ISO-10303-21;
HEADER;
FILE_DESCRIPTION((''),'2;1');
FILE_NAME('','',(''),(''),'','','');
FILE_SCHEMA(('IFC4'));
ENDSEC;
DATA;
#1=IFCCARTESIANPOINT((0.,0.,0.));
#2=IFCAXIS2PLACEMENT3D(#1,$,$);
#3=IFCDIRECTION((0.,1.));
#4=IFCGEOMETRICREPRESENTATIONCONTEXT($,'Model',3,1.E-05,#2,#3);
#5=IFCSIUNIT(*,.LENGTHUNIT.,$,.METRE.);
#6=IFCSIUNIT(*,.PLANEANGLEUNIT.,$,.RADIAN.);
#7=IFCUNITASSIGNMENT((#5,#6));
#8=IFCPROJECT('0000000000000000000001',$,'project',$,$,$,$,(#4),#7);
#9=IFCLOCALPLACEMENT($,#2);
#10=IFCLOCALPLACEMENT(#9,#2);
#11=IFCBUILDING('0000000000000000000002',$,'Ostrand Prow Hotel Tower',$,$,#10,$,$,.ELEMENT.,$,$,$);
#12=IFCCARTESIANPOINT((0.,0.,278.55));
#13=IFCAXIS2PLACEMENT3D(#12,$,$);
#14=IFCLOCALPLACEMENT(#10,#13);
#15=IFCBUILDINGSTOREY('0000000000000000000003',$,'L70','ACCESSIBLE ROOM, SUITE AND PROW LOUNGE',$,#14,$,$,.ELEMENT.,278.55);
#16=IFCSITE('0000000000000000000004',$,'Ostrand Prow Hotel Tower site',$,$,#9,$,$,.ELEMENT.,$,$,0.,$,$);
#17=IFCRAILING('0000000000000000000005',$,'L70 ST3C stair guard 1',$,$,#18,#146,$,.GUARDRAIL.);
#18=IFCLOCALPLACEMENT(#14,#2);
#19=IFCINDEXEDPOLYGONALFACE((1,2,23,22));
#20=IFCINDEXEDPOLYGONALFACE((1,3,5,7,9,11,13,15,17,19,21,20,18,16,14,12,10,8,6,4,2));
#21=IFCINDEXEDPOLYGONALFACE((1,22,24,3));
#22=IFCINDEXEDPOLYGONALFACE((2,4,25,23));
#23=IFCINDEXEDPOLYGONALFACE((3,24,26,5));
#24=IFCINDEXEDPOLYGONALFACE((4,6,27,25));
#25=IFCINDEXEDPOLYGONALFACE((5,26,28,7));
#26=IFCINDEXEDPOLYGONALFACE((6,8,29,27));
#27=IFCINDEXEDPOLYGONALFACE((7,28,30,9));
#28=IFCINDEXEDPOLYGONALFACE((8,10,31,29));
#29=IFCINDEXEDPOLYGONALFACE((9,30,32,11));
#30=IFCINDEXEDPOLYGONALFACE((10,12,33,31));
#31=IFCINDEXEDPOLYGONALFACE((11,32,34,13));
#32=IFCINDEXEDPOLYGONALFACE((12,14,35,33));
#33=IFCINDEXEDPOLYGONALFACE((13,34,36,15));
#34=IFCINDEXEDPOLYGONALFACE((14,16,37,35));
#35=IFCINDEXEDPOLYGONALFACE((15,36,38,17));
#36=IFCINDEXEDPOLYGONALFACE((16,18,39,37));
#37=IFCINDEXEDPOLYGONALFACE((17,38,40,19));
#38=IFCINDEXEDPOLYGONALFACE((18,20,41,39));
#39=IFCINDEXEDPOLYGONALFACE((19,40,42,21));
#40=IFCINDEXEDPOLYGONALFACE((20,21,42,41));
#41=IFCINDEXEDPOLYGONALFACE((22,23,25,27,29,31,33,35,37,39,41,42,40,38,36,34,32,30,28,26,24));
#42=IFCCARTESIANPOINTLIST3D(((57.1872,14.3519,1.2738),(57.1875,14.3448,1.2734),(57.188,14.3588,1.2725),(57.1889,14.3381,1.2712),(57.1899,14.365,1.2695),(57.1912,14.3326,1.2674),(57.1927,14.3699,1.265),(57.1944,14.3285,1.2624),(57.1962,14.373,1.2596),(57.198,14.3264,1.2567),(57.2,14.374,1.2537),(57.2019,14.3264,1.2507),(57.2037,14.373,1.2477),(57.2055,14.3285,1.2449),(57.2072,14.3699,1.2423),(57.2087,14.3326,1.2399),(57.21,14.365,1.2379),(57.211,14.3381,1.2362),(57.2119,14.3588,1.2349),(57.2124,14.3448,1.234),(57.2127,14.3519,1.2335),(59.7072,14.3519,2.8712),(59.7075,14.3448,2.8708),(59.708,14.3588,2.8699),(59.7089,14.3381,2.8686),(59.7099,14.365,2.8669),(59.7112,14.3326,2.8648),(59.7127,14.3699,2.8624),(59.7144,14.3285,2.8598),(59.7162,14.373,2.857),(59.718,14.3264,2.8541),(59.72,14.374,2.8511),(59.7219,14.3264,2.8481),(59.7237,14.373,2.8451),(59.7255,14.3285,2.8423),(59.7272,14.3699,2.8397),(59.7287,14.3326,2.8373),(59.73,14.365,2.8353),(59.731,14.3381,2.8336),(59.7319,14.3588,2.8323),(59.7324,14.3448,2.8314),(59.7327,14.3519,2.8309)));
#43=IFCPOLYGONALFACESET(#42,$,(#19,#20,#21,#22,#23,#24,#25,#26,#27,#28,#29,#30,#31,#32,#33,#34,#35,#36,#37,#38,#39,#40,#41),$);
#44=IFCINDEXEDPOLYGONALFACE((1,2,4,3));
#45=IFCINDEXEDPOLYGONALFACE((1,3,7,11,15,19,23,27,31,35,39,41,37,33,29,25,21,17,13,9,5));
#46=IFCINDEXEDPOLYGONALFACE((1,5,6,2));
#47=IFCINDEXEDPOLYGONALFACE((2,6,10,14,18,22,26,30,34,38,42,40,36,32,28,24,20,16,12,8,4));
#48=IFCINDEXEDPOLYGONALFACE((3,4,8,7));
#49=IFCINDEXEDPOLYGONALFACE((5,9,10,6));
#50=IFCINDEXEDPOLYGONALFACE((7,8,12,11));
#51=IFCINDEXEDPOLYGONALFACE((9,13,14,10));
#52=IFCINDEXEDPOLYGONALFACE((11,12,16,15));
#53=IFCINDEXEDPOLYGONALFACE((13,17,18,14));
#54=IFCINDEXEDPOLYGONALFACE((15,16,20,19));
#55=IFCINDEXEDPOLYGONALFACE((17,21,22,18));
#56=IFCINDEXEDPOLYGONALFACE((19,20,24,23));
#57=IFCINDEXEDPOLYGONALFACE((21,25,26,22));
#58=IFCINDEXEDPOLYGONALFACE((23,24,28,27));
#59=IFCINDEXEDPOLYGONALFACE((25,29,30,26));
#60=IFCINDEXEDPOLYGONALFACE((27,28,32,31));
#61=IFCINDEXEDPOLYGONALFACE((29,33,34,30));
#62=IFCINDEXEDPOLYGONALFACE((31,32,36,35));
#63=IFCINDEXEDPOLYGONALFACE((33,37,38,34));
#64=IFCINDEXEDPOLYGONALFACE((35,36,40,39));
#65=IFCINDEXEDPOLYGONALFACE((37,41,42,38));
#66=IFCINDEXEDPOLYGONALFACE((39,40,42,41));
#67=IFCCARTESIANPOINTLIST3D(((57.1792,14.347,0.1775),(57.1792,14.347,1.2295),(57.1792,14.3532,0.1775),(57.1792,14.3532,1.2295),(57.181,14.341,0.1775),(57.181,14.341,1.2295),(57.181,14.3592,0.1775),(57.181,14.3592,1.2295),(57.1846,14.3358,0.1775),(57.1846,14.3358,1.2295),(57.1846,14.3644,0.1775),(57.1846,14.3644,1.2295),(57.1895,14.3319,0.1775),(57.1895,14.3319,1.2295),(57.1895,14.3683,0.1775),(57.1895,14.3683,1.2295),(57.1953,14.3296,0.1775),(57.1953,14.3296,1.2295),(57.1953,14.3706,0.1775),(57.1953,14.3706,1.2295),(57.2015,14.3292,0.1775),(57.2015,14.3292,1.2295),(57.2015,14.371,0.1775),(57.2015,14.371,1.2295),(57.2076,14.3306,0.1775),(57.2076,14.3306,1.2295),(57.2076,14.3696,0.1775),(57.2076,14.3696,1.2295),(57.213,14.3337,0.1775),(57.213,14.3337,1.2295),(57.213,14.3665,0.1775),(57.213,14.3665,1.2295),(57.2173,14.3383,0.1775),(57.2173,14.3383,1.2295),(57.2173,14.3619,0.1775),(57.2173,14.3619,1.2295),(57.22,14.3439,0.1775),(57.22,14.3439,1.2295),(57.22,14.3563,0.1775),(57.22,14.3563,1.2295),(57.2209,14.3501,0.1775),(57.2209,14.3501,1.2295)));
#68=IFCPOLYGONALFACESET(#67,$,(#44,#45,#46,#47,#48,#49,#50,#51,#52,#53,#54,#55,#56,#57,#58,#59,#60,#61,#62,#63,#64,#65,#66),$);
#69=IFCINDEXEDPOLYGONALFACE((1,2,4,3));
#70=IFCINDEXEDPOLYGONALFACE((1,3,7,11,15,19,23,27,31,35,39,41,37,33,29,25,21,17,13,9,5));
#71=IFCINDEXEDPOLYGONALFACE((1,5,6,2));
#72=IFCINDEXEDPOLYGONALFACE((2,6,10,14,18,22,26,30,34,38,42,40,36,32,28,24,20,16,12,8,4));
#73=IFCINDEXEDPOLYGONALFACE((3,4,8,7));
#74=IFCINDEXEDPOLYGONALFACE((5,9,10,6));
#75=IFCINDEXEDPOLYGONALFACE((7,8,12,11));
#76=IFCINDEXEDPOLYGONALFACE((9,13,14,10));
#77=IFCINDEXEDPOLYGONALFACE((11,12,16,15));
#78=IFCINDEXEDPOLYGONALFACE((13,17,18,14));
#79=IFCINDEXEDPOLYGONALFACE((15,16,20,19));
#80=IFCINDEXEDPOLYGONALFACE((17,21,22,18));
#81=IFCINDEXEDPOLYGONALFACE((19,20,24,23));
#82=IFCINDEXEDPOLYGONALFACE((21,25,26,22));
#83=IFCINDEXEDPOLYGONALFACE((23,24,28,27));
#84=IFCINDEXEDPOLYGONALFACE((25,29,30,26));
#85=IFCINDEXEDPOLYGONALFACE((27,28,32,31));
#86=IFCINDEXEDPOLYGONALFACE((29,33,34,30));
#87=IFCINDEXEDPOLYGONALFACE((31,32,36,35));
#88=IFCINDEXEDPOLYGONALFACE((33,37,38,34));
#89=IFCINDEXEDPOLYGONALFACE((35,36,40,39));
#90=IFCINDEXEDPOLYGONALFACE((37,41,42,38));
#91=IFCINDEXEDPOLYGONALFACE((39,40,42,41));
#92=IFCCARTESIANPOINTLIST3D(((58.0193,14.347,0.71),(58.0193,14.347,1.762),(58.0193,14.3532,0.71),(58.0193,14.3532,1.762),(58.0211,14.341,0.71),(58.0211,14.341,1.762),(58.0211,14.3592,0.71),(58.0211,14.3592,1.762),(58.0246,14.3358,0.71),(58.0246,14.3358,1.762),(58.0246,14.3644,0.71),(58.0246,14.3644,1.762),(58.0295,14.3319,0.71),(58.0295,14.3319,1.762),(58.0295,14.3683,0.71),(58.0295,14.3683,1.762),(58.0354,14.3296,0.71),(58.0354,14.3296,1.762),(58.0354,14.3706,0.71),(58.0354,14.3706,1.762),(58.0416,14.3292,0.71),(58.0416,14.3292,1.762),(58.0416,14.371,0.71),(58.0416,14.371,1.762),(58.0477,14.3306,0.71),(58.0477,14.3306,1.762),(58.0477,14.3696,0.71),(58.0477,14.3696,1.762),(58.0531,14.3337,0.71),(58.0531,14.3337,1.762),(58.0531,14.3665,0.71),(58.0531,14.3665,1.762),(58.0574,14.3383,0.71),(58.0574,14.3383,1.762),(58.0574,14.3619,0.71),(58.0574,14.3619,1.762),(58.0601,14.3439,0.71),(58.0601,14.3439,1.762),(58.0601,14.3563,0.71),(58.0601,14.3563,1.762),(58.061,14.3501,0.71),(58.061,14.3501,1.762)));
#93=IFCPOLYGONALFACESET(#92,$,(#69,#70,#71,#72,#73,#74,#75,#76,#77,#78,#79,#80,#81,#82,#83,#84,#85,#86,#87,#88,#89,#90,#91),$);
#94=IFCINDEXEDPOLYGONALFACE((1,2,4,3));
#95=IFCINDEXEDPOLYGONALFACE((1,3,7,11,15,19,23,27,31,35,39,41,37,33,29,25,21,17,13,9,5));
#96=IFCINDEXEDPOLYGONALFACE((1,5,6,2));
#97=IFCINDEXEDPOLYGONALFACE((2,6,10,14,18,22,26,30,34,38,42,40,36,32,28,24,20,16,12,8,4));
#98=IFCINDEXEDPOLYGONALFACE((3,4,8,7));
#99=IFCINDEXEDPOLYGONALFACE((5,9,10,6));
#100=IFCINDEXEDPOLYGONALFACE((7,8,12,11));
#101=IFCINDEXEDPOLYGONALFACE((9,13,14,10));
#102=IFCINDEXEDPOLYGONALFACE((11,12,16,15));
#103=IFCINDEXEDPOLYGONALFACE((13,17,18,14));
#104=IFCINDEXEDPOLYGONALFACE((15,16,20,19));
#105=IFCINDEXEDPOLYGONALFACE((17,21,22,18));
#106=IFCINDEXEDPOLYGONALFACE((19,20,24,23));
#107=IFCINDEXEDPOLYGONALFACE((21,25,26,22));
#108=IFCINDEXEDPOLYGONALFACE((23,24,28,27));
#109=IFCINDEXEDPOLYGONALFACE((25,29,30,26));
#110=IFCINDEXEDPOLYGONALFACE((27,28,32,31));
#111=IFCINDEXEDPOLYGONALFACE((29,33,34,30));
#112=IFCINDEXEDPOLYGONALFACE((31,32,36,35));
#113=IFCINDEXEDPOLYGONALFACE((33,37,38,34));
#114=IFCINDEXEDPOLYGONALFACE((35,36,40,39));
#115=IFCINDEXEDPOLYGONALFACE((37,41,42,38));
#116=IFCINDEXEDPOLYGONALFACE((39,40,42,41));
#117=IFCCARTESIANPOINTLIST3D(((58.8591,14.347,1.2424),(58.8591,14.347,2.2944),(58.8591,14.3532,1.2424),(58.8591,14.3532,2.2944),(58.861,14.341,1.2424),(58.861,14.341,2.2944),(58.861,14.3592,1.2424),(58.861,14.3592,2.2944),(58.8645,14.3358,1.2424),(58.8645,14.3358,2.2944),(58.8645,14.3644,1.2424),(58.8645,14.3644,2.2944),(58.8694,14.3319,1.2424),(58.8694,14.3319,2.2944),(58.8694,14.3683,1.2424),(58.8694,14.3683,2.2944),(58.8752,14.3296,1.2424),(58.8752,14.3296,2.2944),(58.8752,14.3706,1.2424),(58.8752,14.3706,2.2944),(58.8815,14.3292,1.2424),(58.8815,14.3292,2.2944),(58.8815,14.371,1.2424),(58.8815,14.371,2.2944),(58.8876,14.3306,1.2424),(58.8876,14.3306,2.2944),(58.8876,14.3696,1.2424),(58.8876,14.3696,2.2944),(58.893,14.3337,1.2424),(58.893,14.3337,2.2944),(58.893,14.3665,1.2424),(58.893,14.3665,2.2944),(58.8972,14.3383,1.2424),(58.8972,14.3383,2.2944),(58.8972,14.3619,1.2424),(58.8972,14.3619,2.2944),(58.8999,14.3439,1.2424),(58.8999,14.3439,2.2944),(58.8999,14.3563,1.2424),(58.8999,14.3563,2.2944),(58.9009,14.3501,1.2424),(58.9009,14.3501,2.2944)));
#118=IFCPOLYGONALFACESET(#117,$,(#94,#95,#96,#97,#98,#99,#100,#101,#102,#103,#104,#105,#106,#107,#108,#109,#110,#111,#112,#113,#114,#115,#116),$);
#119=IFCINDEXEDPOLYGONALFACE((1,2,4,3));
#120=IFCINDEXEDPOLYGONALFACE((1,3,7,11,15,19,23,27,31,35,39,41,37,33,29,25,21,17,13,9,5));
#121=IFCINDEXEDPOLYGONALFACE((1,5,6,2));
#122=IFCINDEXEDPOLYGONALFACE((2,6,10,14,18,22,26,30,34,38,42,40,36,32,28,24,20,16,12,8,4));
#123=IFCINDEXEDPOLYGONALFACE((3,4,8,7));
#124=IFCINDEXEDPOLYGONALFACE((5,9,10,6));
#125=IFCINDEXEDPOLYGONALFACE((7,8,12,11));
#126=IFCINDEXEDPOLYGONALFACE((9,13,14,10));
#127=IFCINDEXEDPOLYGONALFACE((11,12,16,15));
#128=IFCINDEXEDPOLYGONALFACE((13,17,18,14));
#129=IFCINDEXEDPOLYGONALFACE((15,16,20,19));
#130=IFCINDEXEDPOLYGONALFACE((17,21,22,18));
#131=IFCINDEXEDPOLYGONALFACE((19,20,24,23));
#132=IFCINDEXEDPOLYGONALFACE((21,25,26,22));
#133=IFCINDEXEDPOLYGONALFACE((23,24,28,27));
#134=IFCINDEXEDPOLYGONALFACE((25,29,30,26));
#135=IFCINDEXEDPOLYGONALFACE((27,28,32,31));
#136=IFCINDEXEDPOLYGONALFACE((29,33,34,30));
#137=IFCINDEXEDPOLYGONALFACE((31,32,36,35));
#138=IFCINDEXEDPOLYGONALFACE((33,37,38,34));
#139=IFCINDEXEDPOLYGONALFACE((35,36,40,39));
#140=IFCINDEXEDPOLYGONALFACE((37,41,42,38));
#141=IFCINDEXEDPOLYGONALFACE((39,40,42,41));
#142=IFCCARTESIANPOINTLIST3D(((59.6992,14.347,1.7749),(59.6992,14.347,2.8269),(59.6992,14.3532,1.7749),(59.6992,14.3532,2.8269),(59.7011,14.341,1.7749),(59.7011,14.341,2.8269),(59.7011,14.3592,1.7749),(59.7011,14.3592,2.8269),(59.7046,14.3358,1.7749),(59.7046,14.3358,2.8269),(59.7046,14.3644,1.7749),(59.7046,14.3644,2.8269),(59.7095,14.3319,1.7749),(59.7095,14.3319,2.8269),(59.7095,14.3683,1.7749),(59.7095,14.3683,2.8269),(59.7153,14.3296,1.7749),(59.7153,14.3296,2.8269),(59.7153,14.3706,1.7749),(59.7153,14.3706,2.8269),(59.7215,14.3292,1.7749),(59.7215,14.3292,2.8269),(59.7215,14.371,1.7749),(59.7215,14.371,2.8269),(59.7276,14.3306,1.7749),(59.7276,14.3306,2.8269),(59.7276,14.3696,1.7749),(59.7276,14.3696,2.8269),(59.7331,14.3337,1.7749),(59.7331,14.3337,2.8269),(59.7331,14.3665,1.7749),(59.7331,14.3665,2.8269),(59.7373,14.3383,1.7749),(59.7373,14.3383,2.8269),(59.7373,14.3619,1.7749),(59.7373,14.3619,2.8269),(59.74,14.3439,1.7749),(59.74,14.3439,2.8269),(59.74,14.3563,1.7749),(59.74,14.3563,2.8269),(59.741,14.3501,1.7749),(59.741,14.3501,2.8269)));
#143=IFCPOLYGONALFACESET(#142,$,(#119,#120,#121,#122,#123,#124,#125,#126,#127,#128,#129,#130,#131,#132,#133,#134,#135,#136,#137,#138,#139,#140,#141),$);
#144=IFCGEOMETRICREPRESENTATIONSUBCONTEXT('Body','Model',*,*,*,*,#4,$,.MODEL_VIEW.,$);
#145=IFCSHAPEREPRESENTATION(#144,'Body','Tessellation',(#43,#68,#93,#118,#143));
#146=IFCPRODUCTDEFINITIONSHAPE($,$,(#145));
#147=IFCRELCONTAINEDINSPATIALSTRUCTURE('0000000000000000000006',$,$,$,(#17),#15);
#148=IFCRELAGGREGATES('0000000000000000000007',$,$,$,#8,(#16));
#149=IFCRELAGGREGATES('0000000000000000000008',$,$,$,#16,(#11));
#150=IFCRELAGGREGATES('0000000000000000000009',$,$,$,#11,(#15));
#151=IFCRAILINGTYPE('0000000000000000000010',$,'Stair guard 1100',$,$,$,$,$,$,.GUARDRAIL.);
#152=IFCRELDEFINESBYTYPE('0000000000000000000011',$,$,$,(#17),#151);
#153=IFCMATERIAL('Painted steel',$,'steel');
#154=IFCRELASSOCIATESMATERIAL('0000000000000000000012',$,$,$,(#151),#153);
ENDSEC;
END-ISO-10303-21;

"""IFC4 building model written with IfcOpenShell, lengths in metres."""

from ifc_helpers import new_model, si_unit, direction, frame, origin, origin_2d, place, context, subcontext, project, spatial, circle, extrude, material, type_object, element, save


model = new_model("IFC4")

# Units and contexts
model_context = context("Model", 3, precision=1e-05, world=origin(), true_north=direction((0.0, 1.0)))
body_context = subcontext(model_context, "Body", "Model", "MODEL_VIEW")
ifc_project = project(units=[si_unit("LENGTHUNIT", "METRE"), si_unit("PLANEANGLEUNIT", "RADIAN")], contexts=[model_context])

# Site, building, storey
site_placement = place(None, origin())
site = spatial("IfcSite", under=ifc_project, at=site_placement, Name="Ostrand Prow Hotel Tower site", CompositionType="ELEMENT", RefElevation=0.0)
building_placement = place(site_placement, origin())
building = spatial("IfcBuilding", under=site, at=building_placement, Name="Ostrand Prow Hotel Tower", CompositionType="ELEMENT")
storey_placement = place(building_placement, frame((0.0, 0.0, 278.55)))
storey = spatial("IfcBuildingStorey", under=building, at=storey_placement, Name="L70", Description="ACCESSIBLE ROOM, SUITE AND PROW LOUNGE", CompositionType="ELEMENT", Elevation=278.55)

# Railing
ifc_material_1 = material(Name="Painted steel", Category="steel")
railing_type_1 = type_object("IfcRailingType", Name="Stair guard 1100", PredefinedType="GUARDRAIL", material=ifc_material_1)
railing_1_placement = place(storey_placement, frame((57.2, 14.3501, 0.1775)))
element("IfcRailing", 1, at=railing_1_placement, inside=storey, type_object=railing_type_1, Name="L70 ST3C stair guard 1", PredefinedType="GUARDRAIL", context=body_context, shape_type="SweptSolid", body=[
    extrude(circle(Radius=0.0239, at=origin_2d()), frame((0.0, 0.0, 1.0762), z_axis=(0.844607, 0.0, 0.535387), x_axis=(0.0, 1.0, 0.0)), (0.0, 0.0, 1.0), 2.9836),
    extrude(circle(Radius=0.021, at=origin_2d()), origin(), (0.0, 0.0, 1.0), 1.052),
    extrude(circle(Radius=0.021, at=origin_2d()), frame((0.8401, 0.0, 0.5325)), (0.0, 0.0, 1.0), 1.052),
    extrude(circle(Radius=0.021, at=origin_2d()), frame((1.6799, 0.0, 1.0649)), (0.0, 0.0, 1.0), 1.052),
    extrude(circle(Radius=0.021, at=origin_2d()), frame((2.52, 0.0, 1.5974)), (0.0, 0.0, 1.0), 1.052),
])

save(model, "model.ifc")
